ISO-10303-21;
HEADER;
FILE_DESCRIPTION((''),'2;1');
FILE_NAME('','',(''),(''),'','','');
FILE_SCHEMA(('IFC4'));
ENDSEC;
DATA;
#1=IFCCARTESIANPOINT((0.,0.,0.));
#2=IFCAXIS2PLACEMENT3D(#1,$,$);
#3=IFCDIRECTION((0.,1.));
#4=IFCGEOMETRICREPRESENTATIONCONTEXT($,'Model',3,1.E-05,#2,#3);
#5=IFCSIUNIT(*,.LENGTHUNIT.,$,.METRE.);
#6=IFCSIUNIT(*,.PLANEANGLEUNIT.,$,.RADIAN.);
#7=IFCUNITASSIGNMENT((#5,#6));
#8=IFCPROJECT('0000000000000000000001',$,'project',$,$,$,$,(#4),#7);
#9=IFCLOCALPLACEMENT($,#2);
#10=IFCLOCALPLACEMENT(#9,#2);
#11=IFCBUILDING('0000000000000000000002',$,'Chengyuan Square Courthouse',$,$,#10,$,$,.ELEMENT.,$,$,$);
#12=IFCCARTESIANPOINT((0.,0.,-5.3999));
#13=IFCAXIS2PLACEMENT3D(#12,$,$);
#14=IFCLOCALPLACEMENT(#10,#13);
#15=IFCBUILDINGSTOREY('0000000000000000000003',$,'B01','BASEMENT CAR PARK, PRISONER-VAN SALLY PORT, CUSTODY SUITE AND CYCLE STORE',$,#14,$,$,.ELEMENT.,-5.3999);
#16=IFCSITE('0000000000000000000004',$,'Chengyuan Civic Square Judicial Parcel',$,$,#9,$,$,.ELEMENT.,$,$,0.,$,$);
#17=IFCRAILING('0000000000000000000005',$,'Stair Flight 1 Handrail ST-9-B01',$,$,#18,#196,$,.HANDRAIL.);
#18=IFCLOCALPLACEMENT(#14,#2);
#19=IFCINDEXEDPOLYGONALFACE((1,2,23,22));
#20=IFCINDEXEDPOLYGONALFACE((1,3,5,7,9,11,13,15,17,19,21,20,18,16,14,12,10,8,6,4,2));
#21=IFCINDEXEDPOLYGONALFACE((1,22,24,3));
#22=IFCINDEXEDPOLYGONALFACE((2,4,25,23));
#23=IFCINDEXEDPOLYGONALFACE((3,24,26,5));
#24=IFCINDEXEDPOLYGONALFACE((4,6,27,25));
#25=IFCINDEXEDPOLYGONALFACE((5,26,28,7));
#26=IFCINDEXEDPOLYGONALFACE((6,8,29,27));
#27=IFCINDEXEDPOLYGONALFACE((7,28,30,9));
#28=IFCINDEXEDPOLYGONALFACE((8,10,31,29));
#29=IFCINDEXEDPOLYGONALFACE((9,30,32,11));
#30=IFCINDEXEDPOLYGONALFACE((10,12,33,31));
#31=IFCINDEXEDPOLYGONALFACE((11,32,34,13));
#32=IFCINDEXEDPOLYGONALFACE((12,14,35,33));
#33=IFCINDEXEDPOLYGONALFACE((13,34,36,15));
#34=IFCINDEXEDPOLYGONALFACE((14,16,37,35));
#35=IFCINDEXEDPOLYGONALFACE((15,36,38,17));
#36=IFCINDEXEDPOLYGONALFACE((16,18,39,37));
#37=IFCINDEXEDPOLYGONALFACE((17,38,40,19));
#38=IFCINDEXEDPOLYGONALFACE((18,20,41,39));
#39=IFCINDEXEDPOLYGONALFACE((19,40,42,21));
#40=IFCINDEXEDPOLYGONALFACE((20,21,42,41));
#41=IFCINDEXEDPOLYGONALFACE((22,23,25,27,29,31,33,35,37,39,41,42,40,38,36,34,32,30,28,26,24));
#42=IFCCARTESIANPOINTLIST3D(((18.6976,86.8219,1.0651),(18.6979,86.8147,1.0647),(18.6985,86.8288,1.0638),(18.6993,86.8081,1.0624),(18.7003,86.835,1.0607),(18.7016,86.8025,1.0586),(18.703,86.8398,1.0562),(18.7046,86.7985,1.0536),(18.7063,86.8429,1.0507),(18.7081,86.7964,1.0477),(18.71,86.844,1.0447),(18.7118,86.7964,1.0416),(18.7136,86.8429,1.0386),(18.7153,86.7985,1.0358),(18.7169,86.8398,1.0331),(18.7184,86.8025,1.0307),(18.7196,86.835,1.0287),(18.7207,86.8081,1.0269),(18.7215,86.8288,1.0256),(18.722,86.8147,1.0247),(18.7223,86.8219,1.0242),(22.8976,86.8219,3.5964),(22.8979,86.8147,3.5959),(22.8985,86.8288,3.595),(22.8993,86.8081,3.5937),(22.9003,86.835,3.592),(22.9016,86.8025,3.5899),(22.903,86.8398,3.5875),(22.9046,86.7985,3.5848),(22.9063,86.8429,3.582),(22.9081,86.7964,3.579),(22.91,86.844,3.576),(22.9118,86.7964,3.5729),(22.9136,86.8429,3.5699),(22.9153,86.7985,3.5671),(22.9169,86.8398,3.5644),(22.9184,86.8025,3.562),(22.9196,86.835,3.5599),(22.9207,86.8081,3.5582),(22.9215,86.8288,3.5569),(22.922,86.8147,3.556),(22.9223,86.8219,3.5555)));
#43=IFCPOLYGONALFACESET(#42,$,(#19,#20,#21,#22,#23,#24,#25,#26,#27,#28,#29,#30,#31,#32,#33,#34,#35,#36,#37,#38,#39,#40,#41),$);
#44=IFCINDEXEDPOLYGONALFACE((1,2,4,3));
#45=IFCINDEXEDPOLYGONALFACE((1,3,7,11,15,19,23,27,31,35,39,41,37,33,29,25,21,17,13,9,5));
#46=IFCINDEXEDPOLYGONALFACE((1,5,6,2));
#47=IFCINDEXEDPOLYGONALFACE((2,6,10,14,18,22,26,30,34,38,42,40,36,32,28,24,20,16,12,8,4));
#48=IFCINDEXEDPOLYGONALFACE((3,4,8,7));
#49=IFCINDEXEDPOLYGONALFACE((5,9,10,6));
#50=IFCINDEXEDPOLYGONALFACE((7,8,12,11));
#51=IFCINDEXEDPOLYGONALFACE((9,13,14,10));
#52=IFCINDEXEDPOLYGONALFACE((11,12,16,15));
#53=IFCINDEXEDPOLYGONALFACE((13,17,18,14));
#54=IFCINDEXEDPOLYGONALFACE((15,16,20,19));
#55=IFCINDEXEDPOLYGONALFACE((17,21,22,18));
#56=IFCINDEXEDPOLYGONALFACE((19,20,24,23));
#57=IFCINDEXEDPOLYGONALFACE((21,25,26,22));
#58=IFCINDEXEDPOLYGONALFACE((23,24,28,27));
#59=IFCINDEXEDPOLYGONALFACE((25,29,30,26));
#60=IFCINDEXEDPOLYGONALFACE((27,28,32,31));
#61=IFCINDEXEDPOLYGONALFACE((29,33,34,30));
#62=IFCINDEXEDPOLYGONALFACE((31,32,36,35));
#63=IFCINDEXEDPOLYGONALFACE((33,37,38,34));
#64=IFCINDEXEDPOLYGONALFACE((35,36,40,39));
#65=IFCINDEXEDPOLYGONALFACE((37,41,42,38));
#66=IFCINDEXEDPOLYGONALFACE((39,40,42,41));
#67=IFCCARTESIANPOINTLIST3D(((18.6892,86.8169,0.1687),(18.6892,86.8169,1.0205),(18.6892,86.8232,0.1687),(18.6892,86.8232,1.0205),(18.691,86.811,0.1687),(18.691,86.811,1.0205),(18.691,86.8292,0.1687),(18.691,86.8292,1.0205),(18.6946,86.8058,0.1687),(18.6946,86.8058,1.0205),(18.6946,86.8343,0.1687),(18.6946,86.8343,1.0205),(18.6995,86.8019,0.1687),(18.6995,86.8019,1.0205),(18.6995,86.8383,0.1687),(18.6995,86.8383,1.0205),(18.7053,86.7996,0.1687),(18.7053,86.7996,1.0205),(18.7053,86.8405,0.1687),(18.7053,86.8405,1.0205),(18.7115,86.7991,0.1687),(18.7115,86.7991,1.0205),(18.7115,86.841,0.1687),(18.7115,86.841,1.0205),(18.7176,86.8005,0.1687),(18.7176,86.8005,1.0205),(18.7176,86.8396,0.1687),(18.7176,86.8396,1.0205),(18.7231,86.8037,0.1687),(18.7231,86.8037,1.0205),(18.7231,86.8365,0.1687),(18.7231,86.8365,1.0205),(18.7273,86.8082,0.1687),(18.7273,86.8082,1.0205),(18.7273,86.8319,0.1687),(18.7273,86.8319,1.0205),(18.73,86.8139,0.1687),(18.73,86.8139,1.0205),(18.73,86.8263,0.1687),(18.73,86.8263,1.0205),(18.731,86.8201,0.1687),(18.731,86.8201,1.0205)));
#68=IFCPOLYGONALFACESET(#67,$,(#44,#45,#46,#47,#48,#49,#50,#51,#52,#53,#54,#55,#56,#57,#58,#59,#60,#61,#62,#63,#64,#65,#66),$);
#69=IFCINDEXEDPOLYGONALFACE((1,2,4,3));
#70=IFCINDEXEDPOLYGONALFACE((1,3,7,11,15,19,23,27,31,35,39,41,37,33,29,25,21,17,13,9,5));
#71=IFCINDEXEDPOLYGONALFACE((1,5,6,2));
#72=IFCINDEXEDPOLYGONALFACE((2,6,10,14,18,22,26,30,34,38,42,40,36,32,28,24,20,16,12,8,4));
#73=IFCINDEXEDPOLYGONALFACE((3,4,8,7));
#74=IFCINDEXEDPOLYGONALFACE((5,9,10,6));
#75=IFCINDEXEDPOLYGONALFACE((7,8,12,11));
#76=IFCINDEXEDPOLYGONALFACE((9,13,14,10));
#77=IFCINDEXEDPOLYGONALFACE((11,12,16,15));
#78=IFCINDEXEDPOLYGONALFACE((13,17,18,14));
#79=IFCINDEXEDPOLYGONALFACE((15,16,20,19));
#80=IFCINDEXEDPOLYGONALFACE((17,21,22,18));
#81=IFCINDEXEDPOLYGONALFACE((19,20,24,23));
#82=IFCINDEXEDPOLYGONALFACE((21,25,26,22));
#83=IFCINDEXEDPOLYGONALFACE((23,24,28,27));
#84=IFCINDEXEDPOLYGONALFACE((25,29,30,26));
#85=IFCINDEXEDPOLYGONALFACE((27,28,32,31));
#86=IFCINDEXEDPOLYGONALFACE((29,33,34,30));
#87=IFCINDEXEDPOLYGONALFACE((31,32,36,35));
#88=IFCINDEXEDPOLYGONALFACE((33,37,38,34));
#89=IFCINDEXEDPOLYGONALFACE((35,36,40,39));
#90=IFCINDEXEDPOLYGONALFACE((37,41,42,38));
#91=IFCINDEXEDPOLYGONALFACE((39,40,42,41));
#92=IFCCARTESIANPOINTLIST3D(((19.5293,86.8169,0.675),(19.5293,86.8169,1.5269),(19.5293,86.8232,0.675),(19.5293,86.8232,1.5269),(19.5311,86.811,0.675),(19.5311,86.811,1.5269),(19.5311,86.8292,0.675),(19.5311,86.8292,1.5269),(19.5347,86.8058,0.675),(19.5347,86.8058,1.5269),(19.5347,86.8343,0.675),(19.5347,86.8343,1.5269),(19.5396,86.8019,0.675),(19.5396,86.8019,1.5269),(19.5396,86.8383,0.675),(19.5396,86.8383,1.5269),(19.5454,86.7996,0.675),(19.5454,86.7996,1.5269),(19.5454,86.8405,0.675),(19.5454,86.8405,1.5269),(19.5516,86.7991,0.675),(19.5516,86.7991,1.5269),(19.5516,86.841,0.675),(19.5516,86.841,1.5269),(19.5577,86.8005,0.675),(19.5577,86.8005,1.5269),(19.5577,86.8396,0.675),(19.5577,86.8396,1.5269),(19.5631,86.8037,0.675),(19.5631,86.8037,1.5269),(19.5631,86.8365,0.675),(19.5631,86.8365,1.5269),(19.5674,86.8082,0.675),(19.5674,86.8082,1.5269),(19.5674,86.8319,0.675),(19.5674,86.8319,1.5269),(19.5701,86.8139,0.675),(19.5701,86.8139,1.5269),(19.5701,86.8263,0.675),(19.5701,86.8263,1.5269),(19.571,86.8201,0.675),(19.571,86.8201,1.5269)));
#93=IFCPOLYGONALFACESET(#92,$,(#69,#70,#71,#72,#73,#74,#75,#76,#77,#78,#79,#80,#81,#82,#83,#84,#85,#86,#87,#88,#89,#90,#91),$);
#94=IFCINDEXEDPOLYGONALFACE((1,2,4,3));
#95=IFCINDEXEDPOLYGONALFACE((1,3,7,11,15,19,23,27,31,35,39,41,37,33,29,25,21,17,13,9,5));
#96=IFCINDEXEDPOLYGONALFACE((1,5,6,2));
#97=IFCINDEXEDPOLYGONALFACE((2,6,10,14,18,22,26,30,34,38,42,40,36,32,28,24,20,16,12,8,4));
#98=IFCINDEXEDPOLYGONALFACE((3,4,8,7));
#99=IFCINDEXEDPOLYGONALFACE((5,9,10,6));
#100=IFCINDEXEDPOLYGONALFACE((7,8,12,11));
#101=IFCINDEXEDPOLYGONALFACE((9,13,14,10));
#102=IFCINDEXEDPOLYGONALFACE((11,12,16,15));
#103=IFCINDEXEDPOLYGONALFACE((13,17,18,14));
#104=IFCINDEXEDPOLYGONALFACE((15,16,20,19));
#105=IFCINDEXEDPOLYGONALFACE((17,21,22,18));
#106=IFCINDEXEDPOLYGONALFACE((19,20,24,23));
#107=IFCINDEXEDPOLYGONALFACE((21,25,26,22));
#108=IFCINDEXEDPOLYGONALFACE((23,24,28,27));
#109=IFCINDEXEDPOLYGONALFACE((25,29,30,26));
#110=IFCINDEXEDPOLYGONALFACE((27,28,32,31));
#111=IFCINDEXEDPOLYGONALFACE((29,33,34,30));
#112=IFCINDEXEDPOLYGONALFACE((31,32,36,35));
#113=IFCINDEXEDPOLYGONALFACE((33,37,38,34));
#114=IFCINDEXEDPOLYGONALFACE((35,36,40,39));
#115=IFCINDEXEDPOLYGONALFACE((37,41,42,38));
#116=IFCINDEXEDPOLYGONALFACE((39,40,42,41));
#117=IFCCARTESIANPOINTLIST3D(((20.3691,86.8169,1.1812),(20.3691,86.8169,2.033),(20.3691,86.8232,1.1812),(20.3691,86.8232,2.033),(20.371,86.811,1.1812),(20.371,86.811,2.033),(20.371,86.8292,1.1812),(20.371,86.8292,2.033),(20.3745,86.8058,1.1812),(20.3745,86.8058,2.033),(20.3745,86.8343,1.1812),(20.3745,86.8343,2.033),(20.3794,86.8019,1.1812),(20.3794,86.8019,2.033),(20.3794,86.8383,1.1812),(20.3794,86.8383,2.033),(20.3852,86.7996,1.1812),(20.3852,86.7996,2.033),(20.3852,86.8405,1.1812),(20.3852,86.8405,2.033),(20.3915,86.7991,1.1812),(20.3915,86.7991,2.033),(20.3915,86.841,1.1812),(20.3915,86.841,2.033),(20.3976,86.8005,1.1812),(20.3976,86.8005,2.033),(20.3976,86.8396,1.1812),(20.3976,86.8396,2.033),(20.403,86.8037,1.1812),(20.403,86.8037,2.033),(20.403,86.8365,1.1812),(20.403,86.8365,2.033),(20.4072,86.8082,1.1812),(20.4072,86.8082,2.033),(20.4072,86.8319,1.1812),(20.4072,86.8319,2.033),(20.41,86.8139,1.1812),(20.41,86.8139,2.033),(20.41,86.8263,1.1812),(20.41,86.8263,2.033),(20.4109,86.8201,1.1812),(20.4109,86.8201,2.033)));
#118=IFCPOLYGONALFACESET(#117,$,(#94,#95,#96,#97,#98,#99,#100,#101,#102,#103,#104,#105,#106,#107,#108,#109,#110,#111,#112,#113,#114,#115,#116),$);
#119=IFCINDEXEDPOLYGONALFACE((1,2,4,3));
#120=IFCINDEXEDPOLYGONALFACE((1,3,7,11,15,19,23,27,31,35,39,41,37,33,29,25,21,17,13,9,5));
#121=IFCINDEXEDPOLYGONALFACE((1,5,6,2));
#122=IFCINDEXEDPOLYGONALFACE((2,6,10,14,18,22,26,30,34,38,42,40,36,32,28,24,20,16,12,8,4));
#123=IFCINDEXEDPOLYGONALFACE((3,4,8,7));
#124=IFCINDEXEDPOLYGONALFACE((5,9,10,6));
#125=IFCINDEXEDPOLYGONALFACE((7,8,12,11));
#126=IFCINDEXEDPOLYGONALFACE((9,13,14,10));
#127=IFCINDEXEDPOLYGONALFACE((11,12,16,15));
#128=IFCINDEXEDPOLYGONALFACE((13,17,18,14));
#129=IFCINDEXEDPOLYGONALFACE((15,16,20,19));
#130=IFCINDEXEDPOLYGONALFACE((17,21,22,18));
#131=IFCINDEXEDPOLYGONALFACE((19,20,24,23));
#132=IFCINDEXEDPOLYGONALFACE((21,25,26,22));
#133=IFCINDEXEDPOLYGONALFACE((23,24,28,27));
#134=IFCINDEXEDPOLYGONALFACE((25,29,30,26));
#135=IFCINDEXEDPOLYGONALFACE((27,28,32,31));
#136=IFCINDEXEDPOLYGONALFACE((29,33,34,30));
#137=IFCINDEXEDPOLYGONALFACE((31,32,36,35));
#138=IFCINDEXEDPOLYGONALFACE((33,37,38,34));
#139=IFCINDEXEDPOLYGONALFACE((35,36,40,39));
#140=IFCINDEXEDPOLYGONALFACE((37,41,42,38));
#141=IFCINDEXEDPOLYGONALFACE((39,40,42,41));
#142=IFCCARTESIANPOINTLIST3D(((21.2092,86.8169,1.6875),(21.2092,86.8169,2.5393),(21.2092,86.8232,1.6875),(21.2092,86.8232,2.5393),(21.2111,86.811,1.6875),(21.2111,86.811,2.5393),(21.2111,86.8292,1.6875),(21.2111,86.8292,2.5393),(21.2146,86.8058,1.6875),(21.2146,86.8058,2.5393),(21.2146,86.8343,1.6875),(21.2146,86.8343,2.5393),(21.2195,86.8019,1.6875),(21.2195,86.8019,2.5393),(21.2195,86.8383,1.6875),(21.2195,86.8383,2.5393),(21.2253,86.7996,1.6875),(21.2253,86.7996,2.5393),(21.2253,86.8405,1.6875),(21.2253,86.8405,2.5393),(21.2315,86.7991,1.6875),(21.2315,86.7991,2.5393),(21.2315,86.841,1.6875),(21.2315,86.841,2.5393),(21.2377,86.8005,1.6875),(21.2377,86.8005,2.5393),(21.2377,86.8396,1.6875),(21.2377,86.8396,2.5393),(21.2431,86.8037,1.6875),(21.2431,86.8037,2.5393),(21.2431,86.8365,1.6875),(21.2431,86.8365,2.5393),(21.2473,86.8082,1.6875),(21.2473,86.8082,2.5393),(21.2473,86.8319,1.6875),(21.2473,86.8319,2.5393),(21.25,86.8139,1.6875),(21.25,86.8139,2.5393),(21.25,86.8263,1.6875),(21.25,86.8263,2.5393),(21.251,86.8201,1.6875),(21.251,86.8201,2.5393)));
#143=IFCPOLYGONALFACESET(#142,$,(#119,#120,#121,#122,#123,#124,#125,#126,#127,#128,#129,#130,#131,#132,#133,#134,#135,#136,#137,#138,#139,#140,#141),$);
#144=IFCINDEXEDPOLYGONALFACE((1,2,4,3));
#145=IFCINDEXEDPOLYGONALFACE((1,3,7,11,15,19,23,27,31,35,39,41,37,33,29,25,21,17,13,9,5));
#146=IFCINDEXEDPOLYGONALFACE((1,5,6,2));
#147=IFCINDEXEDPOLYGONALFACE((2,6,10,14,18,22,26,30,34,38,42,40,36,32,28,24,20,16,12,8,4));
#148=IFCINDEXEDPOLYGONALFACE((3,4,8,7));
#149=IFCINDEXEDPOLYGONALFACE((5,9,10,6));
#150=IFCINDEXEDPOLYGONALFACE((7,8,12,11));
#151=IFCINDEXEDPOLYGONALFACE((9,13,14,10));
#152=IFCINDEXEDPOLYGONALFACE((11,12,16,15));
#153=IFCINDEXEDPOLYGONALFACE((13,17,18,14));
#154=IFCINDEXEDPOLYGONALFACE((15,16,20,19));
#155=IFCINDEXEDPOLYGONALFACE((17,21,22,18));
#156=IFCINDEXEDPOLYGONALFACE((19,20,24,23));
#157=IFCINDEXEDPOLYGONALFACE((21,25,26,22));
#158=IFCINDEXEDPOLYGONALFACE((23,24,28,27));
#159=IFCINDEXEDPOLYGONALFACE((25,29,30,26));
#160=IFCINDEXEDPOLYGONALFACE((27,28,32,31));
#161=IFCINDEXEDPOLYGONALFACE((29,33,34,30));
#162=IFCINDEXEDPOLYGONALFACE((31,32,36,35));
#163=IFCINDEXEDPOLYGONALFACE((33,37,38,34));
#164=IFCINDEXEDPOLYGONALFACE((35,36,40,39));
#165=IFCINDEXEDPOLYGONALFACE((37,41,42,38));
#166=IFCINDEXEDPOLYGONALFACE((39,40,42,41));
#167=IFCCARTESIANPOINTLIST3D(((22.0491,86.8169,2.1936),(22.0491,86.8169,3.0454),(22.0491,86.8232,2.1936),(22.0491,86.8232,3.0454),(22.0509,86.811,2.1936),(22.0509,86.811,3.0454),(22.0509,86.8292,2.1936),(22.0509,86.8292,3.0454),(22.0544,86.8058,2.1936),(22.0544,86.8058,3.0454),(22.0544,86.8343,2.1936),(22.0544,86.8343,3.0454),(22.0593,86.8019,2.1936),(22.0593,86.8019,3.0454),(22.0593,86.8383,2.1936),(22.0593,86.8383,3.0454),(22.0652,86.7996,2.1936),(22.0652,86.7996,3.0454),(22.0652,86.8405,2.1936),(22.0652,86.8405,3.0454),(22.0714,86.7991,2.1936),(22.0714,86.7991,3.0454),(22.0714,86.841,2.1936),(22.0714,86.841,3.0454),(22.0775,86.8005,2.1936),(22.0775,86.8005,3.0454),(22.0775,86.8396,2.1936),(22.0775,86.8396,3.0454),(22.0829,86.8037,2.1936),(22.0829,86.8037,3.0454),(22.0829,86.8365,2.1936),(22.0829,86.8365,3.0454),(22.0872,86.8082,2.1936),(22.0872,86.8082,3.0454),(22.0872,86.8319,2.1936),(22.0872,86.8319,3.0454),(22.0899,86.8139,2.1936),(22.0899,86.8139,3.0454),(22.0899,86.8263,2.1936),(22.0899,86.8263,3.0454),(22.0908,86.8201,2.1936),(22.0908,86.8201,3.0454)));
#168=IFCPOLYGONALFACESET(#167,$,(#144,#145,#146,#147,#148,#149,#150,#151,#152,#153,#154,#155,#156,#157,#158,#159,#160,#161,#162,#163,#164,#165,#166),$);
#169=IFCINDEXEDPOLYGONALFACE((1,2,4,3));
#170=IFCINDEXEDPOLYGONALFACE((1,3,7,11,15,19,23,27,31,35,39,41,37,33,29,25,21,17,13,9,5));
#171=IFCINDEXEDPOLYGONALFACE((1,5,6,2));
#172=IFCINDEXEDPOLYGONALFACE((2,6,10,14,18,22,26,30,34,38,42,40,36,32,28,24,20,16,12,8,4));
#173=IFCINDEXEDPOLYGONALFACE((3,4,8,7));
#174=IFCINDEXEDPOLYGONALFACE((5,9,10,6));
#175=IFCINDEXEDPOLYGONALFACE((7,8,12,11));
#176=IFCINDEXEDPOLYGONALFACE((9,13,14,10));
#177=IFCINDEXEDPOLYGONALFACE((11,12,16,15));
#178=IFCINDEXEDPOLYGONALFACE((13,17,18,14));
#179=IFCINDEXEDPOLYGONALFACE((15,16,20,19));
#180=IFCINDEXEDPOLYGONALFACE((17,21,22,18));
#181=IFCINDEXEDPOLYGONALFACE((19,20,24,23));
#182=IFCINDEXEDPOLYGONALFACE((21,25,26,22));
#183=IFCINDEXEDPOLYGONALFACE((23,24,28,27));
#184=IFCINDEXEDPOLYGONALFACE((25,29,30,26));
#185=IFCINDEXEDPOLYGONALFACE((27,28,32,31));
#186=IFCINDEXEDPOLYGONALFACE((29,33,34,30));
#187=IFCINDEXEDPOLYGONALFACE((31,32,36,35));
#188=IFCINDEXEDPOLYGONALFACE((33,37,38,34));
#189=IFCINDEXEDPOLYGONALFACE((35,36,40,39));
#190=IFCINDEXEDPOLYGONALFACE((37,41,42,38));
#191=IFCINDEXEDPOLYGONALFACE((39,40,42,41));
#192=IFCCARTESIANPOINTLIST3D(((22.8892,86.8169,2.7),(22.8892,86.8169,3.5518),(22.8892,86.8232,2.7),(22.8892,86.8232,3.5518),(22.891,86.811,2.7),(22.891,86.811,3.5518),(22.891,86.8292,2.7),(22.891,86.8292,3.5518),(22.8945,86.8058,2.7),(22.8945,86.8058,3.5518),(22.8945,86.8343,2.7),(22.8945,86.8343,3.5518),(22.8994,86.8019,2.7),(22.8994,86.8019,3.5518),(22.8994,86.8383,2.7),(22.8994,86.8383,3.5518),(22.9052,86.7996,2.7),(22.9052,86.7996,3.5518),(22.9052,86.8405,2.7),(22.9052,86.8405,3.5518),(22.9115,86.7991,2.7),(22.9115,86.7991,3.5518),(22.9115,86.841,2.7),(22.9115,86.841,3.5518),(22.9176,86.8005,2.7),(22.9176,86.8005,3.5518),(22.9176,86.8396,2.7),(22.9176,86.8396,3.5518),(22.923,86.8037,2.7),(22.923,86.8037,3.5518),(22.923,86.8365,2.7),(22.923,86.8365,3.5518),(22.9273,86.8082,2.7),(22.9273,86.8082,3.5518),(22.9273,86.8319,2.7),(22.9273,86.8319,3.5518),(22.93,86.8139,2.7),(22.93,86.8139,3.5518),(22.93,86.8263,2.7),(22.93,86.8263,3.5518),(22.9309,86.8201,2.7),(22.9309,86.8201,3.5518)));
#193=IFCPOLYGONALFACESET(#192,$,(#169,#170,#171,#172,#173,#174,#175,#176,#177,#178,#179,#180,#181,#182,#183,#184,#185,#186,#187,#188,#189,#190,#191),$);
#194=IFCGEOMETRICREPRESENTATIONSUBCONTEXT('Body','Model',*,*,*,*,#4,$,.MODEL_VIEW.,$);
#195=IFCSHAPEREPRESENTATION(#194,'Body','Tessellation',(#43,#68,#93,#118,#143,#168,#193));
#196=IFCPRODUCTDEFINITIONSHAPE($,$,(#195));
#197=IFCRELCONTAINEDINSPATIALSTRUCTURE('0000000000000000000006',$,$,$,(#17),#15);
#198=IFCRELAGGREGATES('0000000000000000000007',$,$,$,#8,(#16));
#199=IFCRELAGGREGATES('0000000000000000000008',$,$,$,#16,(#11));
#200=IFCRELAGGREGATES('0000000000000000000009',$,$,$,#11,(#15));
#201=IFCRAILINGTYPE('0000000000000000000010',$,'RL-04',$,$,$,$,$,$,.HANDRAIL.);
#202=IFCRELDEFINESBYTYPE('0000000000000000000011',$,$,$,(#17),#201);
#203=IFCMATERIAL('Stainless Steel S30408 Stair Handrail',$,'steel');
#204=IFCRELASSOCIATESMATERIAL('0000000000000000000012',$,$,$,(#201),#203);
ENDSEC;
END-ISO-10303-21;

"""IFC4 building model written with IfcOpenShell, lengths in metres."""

from ifc_helpers import new_model, si_unit, direction, frame, origin, origin_2d, place, context, subcontext, project, spatial, circle, extrude, material, type_object, element, save


model = new_model("IFC4")

# Units and contexts
model_context = context("Model", 3, precision=1e-05, world=origin(), true_north=direction((0.0, 1.0)))
body_context = subcontext(model_context, "Body", "Model", "MODEL_VIEW")
ifc_project = project(units=[si_unit("LENGTHUNIT", "METRE"), si_unit("PLANEANGLEUNIT", "RADIAN")], contexts=[model_context])

# Site, building, storey
site_placement = place(None, origin())
site = spatial("IfcSite", under=ifc_project, at=site_placement, Name="Chengyuan Civic Square Judicial Parcel", CompositionType="ELEMENT", RefElevation=0.0)
building_placement = place(site_placement, origin())
building = spatial("IfcBuilding", under=site, at=building_placement, Name="Chengyuan Square Courthouse", CompositionType="ELEMENT")
storey_placement = place(building_placement, frame((0.0, 0.0, -5.3999)))
storey = spatial("IfcBuildingStorey", under=building, at=storey_placement, Name="B01", Description="BASEMENT CAR PARK, PRISONER-VAN SALLY PORT, CUSTODY SUITE AND CYCLE STORE", CompositionType="ELEMENT", Elevation=-5.3999)

# Railing
ifc_material_1 = material(Name="Stainless Steel S30408 Stair Handrail", Category="steel")
railing_type_1 = type_object("IfcRailingType", Name="RL-04", PredefinedType="HANDRAIL", material=ifc_material_1)
railing_1_placement = place(storey_placement, frame((18.71, 86.8201, 0.1687)))
element("IfcRailing", 1, at=railing_1_placement, inside=storey, type_object=railing_type_1, Name="Stair Flight 1 Handrail ST-9-B01", PredefinedType="HANDRAIL", context=body_context, shape_type="SweptSolid", body=[
    extrude(circle(Radius=0.0239, at=origin_2d()), frame((0.0, 0.0, 0.876), z_axis=(0.856476, 0.0, 0.516186), x_axis=(0.0, 1.0, 0.0)), (0.0, 0.0, 1.0), 4.9038),
    extrude(circle(Radius=0.021, at=origin_2d()), origin(), (0.0, 0.0, 1.0), 0.8518),
    extrude(circle(Radius=0.021, at=origin_2d()), frame((0.8401, 0.0, 0.5063)), (0.0, 0.0, 1.0), 0.8518),
    extrude(circle(Radius=0.021, at=origin_2d()), frame((1.6799, 0.0, 1.0125)), (0.0, 0.0, 1.0), 0.8518),
    extrude(circle(Radius=0.021, at=origin_2d()), frame((2.52, 0.0, 1.5188)), (0.0, 0.0, 1.0), 0.8518),
    extrude(circle(Radius=0.021, at=origin_2d()), frame((3.3599, 0.0, 2.0249)), (0.0, 0.0, 1.0), 0.8518),
    extrude(circle(Radius=0.021, at=origin_2d()), frame((4.2, 0.0, 2.5312)), (0.0, 0.0, 1.0), 0.8518),
])

save(model, "model.ifc")
